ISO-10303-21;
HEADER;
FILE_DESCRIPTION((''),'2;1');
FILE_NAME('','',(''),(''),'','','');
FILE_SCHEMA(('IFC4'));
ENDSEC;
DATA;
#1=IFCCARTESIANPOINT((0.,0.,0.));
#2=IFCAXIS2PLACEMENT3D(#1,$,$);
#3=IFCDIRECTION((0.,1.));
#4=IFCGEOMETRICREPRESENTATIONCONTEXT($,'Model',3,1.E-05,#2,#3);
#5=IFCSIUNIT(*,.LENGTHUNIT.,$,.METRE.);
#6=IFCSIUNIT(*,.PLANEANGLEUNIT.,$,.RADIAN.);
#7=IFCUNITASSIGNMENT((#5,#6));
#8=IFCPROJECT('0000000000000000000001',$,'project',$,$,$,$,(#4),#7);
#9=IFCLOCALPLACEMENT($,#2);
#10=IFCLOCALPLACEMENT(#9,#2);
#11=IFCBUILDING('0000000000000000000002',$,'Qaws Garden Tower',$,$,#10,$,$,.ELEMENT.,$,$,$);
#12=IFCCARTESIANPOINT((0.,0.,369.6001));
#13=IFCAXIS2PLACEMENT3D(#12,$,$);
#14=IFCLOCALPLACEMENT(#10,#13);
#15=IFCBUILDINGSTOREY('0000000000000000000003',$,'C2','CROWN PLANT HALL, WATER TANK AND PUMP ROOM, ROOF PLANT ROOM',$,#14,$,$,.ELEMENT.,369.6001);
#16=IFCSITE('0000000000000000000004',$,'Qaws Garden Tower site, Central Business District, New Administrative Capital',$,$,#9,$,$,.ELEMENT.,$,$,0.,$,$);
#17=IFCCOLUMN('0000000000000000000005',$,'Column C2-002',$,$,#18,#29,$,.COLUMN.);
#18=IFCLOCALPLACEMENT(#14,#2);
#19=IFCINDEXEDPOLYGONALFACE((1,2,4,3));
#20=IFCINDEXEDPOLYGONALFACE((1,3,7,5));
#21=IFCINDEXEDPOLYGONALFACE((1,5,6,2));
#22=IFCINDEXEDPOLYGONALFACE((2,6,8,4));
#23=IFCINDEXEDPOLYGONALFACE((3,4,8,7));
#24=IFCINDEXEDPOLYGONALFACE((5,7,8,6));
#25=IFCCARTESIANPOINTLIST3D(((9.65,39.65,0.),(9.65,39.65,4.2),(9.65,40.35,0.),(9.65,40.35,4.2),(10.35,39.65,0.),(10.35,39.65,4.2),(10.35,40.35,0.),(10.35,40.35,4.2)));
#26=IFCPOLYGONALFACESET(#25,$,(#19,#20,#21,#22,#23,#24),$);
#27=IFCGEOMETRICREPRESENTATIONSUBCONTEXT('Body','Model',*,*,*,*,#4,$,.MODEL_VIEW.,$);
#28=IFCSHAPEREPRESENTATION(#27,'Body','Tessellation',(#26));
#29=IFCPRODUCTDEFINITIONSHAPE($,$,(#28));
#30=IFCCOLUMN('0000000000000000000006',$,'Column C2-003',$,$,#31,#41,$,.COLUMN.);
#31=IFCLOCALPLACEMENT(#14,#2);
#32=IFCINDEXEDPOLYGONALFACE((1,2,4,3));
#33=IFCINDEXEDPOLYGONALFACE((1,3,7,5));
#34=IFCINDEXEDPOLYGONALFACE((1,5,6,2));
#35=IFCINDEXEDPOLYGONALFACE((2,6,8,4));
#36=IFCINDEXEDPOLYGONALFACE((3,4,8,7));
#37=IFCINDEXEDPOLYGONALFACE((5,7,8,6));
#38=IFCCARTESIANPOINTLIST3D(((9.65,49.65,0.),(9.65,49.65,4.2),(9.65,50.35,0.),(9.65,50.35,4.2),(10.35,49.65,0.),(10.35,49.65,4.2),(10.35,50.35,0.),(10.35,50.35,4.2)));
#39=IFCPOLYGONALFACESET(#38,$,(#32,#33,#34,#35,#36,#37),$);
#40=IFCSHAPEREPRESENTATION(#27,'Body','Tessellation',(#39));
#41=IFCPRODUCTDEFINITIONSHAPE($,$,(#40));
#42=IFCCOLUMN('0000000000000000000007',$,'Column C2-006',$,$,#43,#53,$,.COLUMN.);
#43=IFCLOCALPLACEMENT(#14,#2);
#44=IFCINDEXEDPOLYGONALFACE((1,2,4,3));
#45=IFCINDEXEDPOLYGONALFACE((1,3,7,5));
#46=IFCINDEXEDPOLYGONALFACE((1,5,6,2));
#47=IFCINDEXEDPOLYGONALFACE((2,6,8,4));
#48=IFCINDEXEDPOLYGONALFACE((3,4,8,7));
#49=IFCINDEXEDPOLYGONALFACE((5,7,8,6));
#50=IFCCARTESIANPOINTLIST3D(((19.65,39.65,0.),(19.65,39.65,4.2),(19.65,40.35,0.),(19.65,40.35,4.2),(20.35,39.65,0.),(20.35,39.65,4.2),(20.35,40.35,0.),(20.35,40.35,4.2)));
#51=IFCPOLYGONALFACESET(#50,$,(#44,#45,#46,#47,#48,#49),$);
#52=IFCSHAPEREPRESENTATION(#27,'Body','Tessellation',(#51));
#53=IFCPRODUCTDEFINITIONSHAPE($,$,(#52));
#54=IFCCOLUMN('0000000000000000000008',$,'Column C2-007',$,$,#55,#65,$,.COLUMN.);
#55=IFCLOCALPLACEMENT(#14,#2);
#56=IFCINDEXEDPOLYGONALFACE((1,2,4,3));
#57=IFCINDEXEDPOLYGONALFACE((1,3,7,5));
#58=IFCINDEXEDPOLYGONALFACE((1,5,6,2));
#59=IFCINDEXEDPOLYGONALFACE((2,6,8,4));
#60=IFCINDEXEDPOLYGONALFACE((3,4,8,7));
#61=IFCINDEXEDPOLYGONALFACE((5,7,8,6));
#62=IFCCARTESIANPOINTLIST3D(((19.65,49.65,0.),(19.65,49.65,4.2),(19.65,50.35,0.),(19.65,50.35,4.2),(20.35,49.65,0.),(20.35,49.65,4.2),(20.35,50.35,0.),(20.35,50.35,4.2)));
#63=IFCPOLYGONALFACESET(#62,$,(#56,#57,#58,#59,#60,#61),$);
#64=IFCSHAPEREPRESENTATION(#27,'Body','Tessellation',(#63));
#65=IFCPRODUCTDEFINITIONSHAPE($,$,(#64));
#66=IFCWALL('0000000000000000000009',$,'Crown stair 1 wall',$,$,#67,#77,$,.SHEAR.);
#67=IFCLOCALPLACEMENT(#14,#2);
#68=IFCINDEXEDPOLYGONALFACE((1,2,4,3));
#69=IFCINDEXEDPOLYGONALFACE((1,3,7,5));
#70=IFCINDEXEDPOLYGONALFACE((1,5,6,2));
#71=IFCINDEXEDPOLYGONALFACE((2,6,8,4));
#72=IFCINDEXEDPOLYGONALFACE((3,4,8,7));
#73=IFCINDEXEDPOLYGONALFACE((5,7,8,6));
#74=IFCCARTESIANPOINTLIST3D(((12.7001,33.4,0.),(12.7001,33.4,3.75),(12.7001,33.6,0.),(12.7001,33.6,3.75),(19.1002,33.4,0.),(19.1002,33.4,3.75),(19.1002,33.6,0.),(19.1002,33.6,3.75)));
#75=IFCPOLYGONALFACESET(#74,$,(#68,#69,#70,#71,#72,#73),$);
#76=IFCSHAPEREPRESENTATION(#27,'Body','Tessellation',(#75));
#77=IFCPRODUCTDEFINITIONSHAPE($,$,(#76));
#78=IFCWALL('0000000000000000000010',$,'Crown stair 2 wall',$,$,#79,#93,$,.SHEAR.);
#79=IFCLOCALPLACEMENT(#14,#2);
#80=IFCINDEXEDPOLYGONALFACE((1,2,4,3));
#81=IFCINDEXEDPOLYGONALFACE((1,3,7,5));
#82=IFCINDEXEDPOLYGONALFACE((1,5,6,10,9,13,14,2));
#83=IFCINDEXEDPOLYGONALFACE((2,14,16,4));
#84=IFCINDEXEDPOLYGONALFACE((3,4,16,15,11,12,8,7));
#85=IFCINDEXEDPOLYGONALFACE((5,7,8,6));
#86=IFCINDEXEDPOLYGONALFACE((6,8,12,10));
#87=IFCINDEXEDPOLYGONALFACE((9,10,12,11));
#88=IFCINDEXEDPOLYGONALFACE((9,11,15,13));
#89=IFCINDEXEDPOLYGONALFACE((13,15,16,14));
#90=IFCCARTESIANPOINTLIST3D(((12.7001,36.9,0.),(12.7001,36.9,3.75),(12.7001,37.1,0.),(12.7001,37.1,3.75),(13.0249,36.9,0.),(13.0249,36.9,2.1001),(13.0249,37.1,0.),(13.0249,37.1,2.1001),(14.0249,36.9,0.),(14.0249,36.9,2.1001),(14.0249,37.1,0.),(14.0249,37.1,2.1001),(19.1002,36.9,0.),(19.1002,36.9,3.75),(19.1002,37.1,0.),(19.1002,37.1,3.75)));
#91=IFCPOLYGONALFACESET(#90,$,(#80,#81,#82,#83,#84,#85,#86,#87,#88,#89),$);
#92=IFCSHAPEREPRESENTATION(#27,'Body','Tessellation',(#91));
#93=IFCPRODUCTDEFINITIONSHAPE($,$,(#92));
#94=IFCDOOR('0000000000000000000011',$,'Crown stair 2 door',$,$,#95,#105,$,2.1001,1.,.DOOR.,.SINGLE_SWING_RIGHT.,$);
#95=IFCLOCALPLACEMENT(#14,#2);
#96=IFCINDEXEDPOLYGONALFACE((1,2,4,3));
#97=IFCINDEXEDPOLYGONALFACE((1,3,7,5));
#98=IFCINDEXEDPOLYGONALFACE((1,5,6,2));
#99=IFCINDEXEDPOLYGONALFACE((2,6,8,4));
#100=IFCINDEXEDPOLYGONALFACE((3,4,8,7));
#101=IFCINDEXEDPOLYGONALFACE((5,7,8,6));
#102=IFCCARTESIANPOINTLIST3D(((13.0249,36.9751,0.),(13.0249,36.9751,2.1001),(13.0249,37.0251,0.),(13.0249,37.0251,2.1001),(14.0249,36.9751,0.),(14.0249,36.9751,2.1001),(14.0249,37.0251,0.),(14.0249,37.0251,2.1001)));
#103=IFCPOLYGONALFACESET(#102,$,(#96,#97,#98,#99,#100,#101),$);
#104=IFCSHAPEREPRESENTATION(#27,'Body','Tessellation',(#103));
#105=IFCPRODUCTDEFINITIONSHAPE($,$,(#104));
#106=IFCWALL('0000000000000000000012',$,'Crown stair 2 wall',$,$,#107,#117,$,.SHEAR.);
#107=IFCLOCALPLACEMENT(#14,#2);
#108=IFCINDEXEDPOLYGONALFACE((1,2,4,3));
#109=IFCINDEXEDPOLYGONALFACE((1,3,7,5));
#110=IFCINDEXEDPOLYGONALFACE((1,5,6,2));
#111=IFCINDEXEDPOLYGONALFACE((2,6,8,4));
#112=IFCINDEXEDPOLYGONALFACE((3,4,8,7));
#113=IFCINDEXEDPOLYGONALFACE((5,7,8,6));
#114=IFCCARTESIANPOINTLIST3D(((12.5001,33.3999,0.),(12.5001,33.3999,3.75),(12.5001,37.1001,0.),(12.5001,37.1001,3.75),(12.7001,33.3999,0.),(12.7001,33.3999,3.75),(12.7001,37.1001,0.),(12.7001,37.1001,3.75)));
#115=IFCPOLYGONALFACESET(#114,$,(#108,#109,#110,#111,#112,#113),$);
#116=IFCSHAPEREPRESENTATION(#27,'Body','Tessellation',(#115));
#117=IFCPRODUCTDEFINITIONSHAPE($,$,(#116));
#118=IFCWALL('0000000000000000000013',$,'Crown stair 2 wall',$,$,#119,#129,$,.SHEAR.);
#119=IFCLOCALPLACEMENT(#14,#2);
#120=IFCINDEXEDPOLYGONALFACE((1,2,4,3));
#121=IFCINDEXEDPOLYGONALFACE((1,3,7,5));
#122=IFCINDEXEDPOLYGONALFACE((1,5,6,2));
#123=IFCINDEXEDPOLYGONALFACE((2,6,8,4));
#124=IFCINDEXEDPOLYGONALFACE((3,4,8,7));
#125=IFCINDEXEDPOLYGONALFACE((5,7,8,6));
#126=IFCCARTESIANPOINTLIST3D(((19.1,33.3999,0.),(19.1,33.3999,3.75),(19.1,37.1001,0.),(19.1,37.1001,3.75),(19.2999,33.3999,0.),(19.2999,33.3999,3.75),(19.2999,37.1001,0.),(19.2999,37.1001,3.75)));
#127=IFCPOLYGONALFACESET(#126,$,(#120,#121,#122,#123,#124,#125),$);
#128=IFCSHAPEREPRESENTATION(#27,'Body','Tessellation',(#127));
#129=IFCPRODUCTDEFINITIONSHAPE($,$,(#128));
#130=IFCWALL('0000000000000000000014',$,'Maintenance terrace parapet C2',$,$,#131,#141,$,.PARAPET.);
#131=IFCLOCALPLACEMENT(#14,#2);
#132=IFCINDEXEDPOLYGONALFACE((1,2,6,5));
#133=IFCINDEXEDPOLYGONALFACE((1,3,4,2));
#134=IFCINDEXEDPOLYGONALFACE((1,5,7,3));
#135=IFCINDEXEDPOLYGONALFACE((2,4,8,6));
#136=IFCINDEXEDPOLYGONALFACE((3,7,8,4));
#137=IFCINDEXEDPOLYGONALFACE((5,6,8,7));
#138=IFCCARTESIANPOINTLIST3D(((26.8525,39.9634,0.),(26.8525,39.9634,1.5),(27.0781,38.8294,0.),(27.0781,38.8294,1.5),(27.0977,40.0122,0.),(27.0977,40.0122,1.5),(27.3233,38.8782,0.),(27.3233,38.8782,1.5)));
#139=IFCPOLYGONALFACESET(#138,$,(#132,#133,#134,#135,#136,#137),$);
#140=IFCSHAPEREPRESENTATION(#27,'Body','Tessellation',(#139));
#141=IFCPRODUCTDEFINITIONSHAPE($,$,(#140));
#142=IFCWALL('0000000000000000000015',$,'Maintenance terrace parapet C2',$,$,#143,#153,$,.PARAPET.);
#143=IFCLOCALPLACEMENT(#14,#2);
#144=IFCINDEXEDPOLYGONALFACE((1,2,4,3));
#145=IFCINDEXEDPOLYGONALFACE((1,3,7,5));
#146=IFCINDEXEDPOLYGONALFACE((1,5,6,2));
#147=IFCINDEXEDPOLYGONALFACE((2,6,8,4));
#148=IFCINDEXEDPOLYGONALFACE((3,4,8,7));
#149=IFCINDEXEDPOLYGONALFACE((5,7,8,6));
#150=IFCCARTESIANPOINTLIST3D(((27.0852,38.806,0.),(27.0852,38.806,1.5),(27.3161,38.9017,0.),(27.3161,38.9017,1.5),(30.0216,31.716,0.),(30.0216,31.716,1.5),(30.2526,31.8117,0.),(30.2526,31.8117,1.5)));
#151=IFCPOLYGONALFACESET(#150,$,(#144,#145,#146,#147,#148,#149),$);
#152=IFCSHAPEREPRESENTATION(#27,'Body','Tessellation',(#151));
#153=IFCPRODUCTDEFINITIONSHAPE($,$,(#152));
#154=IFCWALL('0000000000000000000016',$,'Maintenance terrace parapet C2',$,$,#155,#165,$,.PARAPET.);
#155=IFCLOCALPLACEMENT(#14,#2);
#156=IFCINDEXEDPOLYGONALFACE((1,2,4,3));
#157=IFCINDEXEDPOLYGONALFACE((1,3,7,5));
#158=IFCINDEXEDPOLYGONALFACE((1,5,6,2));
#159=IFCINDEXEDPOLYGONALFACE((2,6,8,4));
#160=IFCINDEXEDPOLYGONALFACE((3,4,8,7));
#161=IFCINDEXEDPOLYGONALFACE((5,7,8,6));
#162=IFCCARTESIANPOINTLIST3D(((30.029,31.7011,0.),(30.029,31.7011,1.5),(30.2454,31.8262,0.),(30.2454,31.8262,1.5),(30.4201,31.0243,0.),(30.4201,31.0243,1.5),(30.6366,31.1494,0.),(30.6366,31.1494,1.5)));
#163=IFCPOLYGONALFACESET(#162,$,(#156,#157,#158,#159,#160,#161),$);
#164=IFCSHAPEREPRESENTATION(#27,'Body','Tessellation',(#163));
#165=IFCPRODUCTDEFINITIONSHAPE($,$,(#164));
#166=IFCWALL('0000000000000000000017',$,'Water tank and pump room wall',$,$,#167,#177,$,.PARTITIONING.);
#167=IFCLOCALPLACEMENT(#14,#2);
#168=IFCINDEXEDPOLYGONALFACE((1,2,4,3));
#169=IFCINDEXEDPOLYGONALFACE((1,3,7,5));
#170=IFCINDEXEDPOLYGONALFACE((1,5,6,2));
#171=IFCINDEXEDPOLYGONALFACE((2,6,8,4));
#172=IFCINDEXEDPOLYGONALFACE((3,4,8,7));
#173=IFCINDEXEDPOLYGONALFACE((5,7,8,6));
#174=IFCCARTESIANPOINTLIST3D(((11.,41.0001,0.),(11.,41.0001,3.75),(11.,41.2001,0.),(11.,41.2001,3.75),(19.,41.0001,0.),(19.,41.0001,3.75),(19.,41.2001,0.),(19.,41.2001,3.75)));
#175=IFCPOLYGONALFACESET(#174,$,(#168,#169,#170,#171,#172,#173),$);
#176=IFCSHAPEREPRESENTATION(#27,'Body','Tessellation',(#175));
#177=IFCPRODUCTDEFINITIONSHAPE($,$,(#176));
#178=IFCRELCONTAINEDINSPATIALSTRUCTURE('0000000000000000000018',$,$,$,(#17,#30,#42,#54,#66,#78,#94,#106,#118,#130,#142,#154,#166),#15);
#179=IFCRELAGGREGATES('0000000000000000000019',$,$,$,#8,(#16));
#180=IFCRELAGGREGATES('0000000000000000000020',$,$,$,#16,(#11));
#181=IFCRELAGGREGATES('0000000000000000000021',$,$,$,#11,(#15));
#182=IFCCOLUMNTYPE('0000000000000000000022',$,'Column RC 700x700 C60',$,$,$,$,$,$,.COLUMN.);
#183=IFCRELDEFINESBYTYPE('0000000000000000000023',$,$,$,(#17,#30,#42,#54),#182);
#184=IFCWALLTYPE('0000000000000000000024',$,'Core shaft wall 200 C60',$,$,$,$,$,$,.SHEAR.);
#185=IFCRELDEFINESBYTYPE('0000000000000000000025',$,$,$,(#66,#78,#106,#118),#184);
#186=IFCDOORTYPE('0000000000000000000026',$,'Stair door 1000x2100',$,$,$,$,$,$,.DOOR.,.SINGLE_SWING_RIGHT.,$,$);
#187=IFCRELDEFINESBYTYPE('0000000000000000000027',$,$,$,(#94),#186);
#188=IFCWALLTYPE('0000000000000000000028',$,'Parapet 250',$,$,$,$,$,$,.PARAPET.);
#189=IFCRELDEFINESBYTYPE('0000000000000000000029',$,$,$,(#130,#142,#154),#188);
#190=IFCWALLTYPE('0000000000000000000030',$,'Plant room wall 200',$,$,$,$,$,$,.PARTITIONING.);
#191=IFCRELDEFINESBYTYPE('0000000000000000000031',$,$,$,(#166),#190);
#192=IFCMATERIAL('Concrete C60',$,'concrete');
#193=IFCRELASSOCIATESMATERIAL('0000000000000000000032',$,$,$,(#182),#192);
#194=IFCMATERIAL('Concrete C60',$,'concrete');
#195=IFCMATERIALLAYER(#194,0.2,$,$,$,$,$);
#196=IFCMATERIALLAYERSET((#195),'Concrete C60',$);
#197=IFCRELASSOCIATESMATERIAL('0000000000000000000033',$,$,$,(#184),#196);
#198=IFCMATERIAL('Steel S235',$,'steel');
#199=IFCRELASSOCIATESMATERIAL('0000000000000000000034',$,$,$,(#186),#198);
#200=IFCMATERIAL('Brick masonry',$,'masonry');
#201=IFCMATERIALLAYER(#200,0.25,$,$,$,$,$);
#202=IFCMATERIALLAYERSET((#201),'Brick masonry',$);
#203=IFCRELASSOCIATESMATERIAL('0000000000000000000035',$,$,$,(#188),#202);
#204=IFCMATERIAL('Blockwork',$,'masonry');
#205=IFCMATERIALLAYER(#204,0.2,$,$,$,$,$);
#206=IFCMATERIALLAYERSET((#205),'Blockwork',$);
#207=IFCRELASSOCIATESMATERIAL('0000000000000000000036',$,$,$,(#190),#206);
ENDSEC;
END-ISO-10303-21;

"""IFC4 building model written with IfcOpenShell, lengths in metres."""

from ifc_helpers import new_model, si_unit, direction, frame, frame_2d, origin, origin_2d, place, context, subcontext, project, spatial, rectangle, extrude, material, layer, layer_set, material_profile, profile_set, type_object, element, fill, save


model = new_model("IFC4")

# Units and contexts
model_context = context("Model", 3, precision=1e-05, world=origin(), true_north=direction((0.0, 1.0)))
body_context = subcontext(model_context, "Body", "Model", "MODEL_VIEW")
ifc_project = project(units=[si_unit("LENGTHUNIT", "METRE"), si_unit("PLANEANGLEUNIT", "RADIAN")], contexts=[model_context])

# Site, building, storey
site_placement = place(None, origin())
site = spatial("IfcSite", under=ifc_project, at=site_placement, Name="Qaws Garden Tower site, Central Business District, New Administrative Capital", CompositionType="ELEMENT", RefElevation=0.0)
building_placement = place(site_placement, origin())
building = spatial("IfcBuilding", under=site, at=building_placement, Name="Qaws Garden Tower", CompositionType="ELEMENT")
storey_placement = place(building_placement, frame((0.0, 0.0, 369.6001)))
storey = spatial("IfcBuildingStorey", under=building, at=storey_placement, Name="C2", Description="CROWN PLANT HALL, WATER TANK AND PUMP ROOM, ROOF PLANT ROOM", CompositionType="ELEMENT", Elevation=369.6001)

# Columns
ifc_material_1 = material(Name="Concrete C60", Category="concrete")
ifc_material_profile = material_profile(ifc_material_1, rectangle(XDim=0.7, YDim=0.7, at=origin_2d()), Name="RC 700x700")
ifc_profile_set = profile_set([ifc_material_profile], Name="Concrete C60")
column_type = type_object("IfcColumnType", Name="Column RC 700x700 C60", PredefinedType="COLUMN", material=ifc_profile_set)
for number, where, z_axis, x_axis, name in (
    (1, (10.0, 40.0, 0.0), (0.0, 0.0, 1.0), (1.0, 0.0, 0.0), "Column C2-002"),
    (2, (10.0, 50.0, 0.0), (0.0, 0.0, 1.0), (1.0, 0.0, 0.0), "Column C2-003"),
    (3, (20.0, 40.0, 0.0), (0.0, 0.0, 1.0), (1.0, 0.0, 0.0), "Column C2-006"),
    (4, (20.0, 50.0, 0.0), (0.0, 0.0, 1.0), (1.0, 0.0, 0.0), "Column C2-007"),
):
    element("IfcColumn", number, at=place(storey_placement, frame(where, z_axis=z_axis, x_axis=x_axis)), inside=storey, type_object=column_type, Name=name, PredefinedType="COLUMN", context=body_context, shape_type="SweptSolid", body=[
        extrude(rectangle(XDim=0.7, YDim=0.7, at=origin_2d()), origin(), (0.0, 0.0, 1.0), 4.2),
    ])

# Wall
ifc_material_2 = material(Name="Concrete C60", Category="concrete")
ifc_layer_1 = layer(ifc_material_2, 0.2)
ifc_layer_set_1 = layer_set([ifc_layer_1], Name="Concrete C60")
wall_type_1 = type_object("IfcWallType", Name="Core shaft wall 200 C60", PredefinedType="SHEAR", material=ifc_layer_set_1)
wall_1_placement = place(storey_placement, frame((12.7, 33.5, 0.0), z_axis=(0.0, 0.0, 1.0), x_axis=(1.0, 0.0, 0.0)))
element("IfcWall", 5, at=wall_1_placement, inside=storey, type_object=wall_type_1, Name="Crown stair 1 wall", PredefinedType="SHEAR", context=body_context, shape_type="SweptSolid", body=[
    extrude(rectangle(XDim=6.4001, YDim=0.2, at=frame_2d((3.2002, 0.0))), origin(), (0.0, 0.0, 1.0), 3.75),
])

# Wall, opening, door
wall_2_placement = place(storey_placement, frame((12.7, 37.0, 0.0), z_axis=(0.0, 0.0, 1.0), x_axis=(1.0, 0.0, 0.0)))
wall_2 = element("IfcWall", 6, at=wall_2_placement, inside=storey, type_object=wall_type_1, Name="Crown stair 2 wall", PredefinedType="SHEAR", context=body_context, shape_type="SweptSolid", body=[
    extrude(rectangle(XDim=6.4001, YDim=0.2, at=frame_2d((3.2002, 0.0))), origin(), (0.0, 0.0, 1.0), 3.75),
])
opening_1_placement = place(wall_2_placement, frame((0.325, 0.0, 0.0)))
opening_1 = element("IfcOpeningElement", 7, at=opening_1_placement, cuts=wall_2, PredefinedType="OPENING", context=body_context, shape_type="SweptSolid", body=[
    extrude(rectangle(XDim=1.0, YDim=2.1001, at=frame_2d((0.5, 1.05))), frame((0.0, 0.1099, 0.0), z_axis=(0.0, -1.0, 0.0), x_axis=(1.0, 0.0, 0.0)), (0.0, 0.0, 1.0), 0.22),
])
ifc_material_3 = material(Name="Steel S235", Category="steel")
door_type_1 = type_object("IfcDoorType", Name="Stair door 1000x2100", OperationType="SINGLE_SWING_RIGHT", PredefinedType="DOOR", material=ifc_material_3)
door_1_placement = place(opening_1_placement, frame((1.0, 0.0, 0.0), z_axis=(0.0, 0.0, 1.0), x_axis=(-1.0, 0.0, 0.0)))
door_1 = element("IfcDoor", 8, at=door_1_placement, inside=storey, type_object=door_type_1, Name="Crown stair 2 door", OperationType="SINGLE_SWING_RIGHT", OverallHeight=2.1001, OverallWidth=1.0, PredefinedType="DOOR", context=body_context, shape_type="SweptSolid", body=[
    extrude(rectangle(XDim=1.0, YDim=2.1001, at=frame_2d((0.5, 1.05))), frame((0.0, 0.0249, 0.0), z_axis=(0.0, -1.0, 0.0), x_axis=(1.0, 0.0, 0.0)), (0.0, 0.0, 1.0), 0.05),
])
fill(opening_1, door_1)

# Walls
for number, where, z_axis, x_axis, name in (
    (9, (12.6001, 33.3999, 0.0), (0.0, 0.0, 1.0), (0.0, 1.0, 0.0), "Crown stair 2 wall"),
    (10, (19.2, 33.3999, 0.0), (0.0, 0.0, 1.0), (0.0, 1.0, 0.0), "Crown stair 2 wall"),
):
    element("IfcWall", number, at=place(storey_placement, frame(where, z_axis=z_axis, x_axis=x_axis)), inside=storey, type_object=wall_type_1, Name=name, PredefinedType="SHEAR", context=body_context, shape_type="SweptSolid", body=[
        extrude(rectangle(XDim=3.7002, YDim=0.2, at=frame_2d((1.8501, 0.0))), origin(), (0.0, 0.0, 1.0), 3.75),
    ])
ifc_material_4 = material(Name="Brick masonry", Category="masonry")
ifc_layer_2 = layer(ifc_material_4, 0.25)
ifc_layer_set_2 = layer_set([ifc_layer_2], Name="Brick masonry")
wall_type_2 = type_object("IfcWallType", Name="Parapet 250", PredefinedType="PARAPET", material=ifc_layer_set_2)
wall_3_placement = place(storey_placement, frame((26.9751, 39.9878, 0.0), z_axis=(0.0, 0.0, 1.0), x_axis=(0.195101, -0.980783, 0.0)))
element("IfcWall", 11, at=wall_3_placement, inside=storey, type_object=wall_type_2, Name="Maintenance terrace parapet C2", PredefinedType="PARAPET", context=body_context, shape_type="SweptSolid", body=[
    extrude(rectangle(XDim=1.1562, YDim=0.25, at=frame_2d((0.5781, 0.0))), origin(), (0.0, 0.0, 1.0), 1.5),
])
wall_4_placement = place(storey_placement, frame((27.2007, 38.8538, 0.0), z_axis=(0.0, 0.0, 1.0), x_axis=(0.382651, -0.923893, 0.0)))
element("IfcWall", 12, at=wall_4_placement, inside=storey, type_object=wall_type_2, Name="Maintenance terrace parapet C2", PredefinedType="PARAPET", context=body_context, shape_type="SweptSolid", body=[
    extrude(rectangle(XDim=7.6741, YDim=0.25, at=frame_2d((3.8369, 0.0))), origin(), (0.0, 0.0, 1.0), 1.5),
])
wall_5_placement = place(storey_placement, frame((30.1372, 31.7637, 0.0), z_axis=(0.0, 0.0, 1.0), x_axis=(0.500371, -0.865811, 0.0)))
element("IfcWall", 13, at=wall_5_placement, inside=storey, type_object=wall_type_2, Name="Maintenance terrace parapet C2", PredefinedType="PARAPET", context=body_context, shape_type="SweptSolid", body=[
    extrude(rectangle(XDim=0.7817, YDim=0.25, at=frame_2d((0.3909, 0.0))), origin(), (0.0, 0.0, 1.0), 1.5),
])
ifc_material_5 = material(Name="Blockwork", Category="masonry")
ifc_layer_3 = layer(ifc_material_5, 0.2)
ifc_layer_set_3 = layer_set([ifc_layer_3], Name="Blockwork")
wall_type_3 = type_object("IfcWallType", Name="Plant room wall 200", PredefinedType="PARTITIONING", material=ifc_layer_set_3)
wall_6_placement = place(storey_placement, frame((11.0, 41.1001, 0.0), z_axis=(0.0, 0.0, 1.0), x_axis=(1.0, 0.0, 0.0)))
element("IfcWall", 14, at=wall_6_placement, inside=storey, type_object=wall_type_3, Name="Water tank and pump room wall", PredefinedType="PARTITIONING", context=body_context, shape_type="SweptSolid", body=[
    extrude(rectangle(XDim=8.0, YDim=0.2, at=frame_2d((4.0, 0.0))), origin(), (0.0, 0.0, 1.0), 3.75),
])

save(model, "model.ifc")
